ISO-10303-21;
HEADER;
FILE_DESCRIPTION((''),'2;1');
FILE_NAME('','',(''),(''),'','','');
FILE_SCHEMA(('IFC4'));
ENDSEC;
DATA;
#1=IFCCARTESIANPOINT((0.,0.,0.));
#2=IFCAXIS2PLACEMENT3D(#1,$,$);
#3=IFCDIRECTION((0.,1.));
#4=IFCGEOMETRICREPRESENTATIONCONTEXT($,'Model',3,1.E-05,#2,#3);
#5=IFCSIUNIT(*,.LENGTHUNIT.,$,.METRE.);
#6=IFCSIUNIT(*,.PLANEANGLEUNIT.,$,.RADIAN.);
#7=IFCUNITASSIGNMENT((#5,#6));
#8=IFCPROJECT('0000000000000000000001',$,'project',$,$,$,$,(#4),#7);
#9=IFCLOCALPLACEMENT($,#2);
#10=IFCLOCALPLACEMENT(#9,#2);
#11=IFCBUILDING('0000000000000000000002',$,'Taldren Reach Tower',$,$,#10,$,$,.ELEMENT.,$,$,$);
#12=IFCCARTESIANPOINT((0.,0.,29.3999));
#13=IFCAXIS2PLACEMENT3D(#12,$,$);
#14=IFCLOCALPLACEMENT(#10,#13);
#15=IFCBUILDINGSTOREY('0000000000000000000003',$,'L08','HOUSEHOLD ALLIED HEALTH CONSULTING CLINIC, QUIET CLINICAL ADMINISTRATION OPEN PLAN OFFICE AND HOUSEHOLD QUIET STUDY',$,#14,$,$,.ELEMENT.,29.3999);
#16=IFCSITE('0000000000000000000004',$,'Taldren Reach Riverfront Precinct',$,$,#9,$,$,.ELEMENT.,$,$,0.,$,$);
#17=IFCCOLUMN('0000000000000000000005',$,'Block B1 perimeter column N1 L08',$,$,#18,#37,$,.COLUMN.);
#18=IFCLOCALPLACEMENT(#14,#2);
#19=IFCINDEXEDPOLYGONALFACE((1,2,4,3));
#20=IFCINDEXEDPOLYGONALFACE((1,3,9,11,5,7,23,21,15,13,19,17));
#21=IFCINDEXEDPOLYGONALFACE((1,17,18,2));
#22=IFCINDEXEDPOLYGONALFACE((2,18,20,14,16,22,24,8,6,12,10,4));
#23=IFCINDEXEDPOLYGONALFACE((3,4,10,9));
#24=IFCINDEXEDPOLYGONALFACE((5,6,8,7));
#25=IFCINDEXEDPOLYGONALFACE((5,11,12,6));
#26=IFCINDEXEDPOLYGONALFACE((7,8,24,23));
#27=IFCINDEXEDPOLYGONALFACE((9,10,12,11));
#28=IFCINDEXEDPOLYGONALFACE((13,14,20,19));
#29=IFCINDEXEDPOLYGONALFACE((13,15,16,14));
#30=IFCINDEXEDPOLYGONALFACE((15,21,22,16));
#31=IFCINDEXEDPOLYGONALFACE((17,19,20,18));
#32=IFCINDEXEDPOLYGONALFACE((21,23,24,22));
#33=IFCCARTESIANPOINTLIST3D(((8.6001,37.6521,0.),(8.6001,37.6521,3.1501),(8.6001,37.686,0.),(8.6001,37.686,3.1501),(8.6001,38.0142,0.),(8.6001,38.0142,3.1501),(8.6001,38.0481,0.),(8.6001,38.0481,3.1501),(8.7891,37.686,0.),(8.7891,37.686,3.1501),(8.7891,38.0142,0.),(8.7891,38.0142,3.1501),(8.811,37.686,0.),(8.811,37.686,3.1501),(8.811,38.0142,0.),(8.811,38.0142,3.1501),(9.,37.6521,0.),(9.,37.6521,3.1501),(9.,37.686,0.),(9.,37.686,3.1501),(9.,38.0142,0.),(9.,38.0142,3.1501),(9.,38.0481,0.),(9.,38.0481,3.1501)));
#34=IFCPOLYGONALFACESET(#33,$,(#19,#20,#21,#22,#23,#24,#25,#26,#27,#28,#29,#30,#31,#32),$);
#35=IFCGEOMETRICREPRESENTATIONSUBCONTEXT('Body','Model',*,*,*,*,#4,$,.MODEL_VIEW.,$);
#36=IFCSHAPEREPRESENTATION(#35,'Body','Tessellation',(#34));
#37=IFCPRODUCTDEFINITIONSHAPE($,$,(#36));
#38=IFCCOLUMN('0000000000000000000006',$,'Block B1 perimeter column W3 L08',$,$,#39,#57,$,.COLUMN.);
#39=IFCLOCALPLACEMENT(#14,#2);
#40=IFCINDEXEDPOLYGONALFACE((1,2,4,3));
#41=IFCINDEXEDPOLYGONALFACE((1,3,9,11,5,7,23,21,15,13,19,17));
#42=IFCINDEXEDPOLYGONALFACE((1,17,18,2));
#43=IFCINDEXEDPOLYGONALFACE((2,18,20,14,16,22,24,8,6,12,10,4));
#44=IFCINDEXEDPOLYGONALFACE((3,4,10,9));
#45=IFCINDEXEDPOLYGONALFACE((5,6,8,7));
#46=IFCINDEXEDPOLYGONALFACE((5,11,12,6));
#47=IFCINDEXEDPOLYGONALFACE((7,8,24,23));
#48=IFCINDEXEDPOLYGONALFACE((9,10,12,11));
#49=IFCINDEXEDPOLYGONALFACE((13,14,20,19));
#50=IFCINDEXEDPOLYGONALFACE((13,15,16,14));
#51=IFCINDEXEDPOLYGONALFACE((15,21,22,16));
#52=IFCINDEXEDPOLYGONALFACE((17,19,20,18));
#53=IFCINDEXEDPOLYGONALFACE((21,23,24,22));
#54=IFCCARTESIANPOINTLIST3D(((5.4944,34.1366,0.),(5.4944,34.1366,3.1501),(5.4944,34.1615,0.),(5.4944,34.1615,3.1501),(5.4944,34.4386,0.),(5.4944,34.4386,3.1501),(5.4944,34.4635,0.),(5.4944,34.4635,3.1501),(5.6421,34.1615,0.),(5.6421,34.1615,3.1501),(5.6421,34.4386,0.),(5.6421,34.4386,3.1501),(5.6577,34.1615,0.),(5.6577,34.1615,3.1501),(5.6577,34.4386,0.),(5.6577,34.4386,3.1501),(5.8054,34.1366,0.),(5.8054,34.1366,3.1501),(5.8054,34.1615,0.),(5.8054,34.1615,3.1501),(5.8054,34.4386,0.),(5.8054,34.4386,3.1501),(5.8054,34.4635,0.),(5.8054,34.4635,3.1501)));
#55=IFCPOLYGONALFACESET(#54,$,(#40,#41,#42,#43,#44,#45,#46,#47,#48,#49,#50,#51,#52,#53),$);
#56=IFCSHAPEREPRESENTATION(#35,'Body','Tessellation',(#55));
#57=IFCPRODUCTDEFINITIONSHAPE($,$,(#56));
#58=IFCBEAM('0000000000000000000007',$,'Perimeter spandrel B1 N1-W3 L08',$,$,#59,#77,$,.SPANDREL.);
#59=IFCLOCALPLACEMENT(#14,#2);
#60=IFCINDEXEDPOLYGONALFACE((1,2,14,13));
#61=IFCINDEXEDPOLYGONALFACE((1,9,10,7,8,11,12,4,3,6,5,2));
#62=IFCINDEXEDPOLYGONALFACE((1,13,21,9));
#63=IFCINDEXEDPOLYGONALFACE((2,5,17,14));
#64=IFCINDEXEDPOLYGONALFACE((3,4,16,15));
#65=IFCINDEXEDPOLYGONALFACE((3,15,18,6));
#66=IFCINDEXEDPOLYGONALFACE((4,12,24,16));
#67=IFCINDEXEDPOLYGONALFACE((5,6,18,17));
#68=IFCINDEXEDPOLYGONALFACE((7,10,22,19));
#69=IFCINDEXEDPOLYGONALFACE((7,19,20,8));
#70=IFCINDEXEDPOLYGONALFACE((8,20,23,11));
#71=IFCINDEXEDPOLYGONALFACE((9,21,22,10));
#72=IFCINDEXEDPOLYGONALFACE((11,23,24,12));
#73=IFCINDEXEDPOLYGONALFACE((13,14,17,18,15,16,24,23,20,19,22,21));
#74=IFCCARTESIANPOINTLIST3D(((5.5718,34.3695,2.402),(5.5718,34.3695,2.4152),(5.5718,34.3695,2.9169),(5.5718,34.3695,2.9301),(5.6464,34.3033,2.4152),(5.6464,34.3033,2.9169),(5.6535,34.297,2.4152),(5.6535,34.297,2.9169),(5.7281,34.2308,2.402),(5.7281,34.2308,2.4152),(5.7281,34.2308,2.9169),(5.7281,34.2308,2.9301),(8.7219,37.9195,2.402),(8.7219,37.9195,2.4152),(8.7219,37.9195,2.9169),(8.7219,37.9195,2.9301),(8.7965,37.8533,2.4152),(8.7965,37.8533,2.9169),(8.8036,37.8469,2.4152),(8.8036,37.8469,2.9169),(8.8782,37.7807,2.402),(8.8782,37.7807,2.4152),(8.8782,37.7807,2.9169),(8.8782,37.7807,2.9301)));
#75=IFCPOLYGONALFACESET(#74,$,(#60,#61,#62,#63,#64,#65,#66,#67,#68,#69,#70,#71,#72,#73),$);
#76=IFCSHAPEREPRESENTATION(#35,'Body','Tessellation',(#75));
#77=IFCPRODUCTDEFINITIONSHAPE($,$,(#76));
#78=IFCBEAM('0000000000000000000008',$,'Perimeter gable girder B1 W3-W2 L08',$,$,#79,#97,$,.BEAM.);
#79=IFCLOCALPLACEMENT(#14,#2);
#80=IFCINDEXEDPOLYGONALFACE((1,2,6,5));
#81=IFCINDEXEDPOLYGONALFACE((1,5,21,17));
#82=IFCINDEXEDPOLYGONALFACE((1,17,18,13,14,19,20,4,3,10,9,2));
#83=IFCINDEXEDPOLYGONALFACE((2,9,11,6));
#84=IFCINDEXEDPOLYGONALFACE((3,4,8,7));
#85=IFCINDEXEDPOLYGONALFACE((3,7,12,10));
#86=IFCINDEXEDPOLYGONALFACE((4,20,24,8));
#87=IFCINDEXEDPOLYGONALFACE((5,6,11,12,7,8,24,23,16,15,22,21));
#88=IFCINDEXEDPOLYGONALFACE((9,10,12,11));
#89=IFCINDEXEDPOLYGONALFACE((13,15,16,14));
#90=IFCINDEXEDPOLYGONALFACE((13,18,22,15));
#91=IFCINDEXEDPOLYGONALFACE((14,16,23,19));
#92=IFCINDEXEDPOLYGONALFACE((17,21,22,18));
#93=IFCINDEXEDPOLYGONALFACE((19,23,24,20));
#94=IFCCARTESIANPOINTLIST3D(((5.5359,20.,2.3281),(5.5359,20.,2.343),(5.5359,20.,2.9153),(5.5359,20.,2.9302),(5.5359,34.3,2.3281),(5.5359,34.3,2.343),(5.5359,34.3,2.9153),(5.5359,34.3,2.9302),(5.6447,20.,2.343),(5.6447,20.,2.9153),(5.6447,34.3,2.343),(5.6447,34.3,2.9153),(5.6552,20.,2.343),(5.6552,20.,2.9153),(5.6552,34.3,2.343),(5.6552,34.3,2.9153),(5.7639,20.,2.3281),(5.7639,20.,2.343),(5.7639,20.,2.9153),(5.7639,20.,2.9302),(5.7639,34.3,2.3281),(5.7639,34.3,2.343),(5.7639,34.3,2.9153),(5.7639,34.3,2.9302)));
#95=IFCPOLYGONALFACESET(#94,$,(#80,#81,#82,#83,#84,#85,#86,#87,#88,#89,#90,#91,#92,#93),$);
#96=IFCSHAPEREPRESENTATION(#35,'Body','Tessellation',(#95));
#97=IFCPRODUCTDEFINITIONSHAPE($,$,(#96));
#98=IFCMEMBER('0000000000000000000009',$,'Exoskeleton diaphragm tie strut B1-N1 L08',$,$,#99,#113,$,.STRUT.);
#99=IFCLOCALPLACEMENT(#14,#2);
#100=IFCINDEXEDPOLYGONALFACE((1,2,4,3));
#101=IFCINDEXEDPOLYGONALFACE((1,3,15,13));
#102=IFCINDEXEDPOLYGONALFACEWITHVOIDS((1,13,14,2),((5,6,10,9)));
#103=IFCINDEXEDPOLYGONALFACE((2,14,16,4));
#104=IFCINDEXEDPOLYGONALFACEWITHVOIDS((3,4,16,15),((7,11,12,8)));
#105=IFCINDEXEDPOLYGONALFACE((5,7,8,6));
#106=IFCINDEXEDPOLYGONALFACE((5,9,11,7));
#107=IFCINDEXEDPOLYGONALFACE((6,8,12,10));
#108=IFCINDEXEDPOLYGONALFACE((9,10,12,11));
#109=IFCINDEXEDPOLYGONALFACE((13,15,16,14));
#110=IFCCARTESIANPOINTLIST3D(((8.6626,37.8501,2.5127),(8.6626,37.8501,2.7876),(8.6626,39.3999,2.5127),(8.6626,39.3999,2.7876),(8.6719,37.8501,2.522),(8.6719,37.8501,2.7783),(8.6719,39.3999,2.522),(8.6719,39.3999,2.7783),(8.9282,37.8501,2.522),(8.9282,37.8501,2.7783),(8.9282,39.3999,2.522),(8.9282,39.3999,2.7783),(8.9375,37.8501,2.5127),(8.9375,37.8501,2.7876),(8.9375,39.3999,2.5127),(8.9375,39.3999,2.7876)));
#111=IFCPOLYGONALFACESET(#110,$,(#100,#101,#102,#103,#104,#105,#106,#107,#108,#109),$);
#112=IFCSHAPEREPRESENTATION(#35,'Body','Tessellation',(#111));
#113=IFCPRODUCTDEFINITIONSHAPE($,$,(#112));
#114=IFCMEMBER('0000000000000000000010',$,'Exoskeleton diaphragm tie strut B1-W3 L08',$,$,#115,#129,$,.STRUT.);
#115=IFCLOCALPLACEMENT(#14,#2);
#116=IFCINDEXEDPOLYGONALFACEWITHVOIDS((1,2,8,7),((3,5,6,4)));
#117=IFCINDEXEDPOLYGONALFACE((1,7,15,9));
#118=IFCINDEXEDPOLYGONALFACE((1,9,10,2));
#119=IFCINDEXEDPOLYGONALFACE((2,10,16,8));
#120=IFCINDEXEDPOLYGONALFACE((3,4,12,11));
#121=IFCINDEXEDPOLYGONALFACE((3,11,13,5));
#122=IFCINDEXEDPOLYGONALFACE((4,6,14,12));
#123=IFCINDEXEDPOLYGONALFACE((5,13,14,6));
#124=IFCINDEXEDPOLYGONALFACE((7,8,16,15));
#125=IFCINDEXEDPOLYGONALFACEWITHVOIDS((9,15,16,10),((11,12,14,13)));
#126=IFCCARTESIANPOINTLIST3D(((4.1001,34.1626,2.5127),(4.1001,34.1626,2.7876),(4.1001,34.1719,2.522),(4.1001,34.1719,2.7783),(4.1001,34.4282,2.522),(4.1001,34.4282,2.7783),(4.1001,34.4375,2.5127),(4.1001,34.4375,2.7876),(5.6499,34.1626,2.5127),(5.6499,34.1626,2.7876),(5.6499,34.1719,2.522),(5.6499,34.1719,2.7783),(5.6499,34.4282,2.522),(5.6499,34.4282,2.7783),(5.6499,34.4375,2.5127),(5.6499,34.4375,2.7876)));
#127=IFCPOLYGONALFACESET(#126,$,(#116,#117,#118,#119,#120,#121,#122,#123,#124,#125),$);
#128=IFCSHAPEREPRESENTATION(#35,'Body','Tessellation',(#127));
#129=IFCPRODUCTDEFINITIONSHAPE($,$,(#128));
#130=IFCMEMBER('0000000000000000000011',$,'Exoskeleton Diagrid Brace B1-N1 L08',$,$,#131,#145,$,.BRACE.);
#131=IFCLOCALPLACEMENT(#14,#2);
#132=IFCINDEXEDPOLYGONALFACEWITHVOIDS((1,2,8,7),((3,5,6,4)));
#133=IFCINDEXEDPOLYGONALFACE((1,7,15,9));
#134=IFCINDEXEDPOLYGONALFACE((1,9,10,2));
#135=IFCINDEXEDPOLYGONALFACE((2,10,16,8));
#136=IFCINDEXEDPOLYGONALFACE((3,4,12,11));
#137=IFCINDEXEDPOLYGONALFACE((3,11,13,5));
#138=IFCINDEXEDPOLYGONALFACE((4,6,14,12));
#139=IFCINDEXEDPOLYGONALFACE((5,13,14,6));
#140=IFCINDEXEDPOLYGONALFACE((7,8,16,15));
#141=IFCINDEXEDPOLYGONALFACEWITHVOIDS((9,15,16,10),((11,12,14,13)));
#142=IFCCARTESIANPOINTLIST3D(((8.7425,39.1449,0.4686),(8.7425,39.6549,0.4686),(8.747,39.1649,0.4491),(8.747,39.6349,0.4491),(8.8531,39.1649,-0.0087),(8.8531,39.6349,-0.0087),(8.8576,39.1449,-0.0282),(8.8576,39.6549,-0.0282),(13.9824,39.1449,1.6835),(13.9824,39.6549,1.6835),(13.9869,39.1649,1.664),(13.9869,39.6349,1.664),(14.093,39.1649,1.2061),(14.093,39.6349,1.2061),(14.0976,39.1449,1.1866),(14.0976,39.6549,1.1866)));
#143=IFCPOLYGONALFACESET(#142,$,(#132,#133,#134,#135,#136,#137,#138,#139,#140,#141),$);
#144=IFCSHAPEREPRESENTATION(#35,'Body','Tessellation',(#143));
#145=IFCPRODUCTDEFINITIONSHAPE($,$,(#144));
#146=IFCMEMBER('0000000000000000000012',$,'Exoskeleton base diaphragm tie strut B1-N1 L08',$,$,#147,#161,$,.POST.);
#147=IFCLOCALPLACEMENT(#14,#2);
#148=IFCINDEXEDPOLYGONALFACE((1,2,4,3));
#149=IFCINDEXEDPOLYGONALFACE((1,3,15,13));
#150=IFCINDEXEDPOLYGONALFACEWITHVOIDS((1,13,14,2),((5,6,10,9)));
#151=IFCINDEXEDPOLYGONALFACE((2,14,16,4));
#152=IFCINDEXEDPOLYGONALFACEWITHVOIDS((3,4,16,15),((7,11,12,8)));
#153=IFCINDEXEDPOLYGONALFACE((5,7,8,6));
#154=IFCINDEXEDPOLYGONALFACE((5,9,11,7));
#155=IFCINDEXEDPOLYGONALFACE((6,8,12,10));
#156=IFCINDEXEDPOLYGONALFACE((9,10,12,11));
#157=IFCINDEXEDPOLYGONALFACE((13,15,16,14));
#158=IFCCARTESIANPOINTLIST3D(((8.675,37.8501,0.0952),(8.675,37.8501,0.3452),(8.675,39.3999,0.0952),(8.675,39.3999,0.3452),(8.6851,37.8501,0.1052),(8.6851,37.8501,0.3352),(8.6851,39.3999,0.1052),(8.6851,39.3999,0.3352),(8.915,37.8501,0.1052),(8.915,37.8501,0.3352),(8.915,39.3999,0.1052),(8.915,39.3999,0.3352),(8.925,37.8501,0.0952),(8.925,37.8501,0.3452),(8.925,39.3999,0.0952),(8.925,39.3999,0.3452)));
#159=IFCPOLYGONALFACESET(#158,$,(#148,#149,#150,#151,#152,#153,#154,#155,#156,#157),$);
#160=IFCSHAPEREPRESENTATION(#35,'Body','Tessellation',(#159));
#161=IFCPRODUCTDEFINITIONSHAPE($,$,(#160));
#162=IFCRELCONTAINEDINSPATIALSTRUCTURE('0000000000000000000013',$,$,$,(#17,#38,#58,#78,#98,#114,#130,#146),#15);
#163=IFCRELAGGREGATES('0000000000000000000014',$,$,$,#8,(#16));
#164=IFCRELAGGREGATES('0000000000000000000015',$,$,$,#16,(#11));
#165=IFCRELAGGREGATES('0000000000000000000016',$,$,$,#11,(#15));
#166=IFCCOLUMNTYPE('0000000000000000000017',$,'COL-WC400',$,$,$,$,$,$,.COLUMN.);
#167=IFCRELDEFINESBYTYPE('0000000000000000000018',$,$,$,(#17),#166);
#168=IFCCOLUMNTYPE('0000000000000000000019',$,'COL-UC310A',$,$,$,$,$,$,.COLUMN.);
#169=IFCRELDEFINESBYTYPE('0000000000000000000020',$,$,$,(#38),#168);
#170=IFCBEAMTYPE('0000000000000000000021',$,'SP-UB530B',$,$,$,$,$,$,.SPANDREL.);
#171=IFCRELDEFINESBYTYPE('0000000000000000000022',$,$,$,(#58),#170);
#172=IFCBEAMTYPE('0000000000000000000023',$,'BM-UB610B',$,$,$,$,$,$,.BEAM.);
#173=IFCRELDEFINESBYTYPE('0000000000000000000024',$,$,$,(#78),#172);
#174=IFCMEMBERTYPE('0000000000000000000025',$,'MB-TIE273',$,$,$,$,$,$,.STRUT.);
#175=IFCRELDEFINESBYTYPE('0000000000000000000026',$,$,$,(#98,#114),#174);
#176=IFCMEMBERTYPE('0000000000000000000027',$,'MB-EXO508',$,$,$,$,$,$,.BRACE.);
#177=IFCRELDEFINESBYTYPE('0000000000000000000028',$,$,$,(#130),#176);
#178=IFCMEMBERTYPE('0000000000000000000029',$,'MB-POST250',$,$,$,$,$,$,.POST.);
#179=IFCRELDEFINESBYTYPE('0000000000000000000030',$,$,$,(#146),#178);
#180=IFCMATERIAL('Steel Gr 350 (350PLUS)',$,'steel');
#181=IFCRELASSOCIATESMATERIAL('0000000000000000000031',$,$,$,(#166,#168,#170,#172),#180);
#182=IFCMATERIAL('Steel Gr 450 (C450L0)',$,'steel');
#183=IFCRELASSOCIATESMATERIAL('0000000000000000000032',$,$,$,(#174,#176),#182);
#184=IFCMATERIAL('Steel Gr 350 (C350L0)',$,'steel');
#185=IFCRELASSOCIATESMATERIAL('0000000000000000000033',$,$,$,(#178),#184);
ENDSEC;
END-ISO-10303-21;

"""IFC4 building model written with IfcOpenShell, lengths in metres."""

from ifc_helpers import new_model, si_unit, direction, frame, origin, origin_2d, place, context, subcontext, project, spatial, hollow_rectangle, i_section, extrude, source, transform, mapped, material, material_profile, profile_set, type_object, element, save


model = new_model("IFC4")

# Units and contexts
model_context = context("Model", 3, precision=1e-05, world=origin(), true_north=direction((0.0, 1.0)))
body_context = subcontext(model_context, "Body", "Model", "MODEL_VIEW")
ifc_project = project(units=[si_unit("LENGTHUNIT", "METRE"), si_unit("PLANEANGLEUNIT", "RADIAN")], contexts=[model_context])

# Site, building, storey
site_placement = place(None, origin())
site = spatial("IfcSite", under=ifc_project, at=site_placement, Name="Taldren Reach Riverfront Precinct", CompositionType="ELEMENT", RefElevation=0.0)
building_placement = place(site_placement, origin())
building = spatial("IfcBuilding", under=site, at=building_placement, Name="Taldren Reach Tower", CompositionType="ELEMENT")
storey_placement = place(building_placement, frame((0.0, 0.0, 29.3999)))
storey = spatial("IfcBuildingStorey", under=building, at=storey_placement, Name="L08", Description="HOUSEHOLD ALLIED HEALTH CONSULTING CLINIC, QUIET CLINICAL ADMINISTRATION OPEN PLAN OFFICE AND HOUSEHOLD QUIET STUDY", CompositionType="ELEMENT", Elevation=29.3999)

# Columns
ifc_material_1 = material(Name="Steel Gr 350 (350PLUS)", Category="steel")
ifc_material_profile_1 = material_profile(ifc_material_1, i_section(OverallWidth=0.3999, OverallDepth=0.396, WebThickness=0.022, FlangeThickness=0.0339, at=origin_2d()), Name="400WC270")
ifc_profile_set_1 = profile_set([ifc_material_profile_1], Name="Steel Gr 350 (350PLUS)")
column_type_1 = type_object("IfcColumnType", Name="COL-WC400", PredefinedType="COLUMN", material=ifc_profile_set_1)
shared_shape_1 = source(origin(), body_context, "Body", "SweptSolid", [
    extrude(i_section(OverallWidth=0.3999, OverallDepth=0.396, WebThickness=0.022, FlangeThickness=0.0339, at=origin_2d()), origin(), (0.0, 0.0, 1.0), 3.1501),
])
column_1_placement = place(storey_placement, frame((8.8, 37.8501, 0.0), z_axis=(0.0, 0.0, 1.0), x_axis=(1.0, 0.0, 0.0)))
element("IfcColumn", 1, at=column_1_placement, inside=storey, type_object=column_type_1, Name="Block B1 perimeter column N1 L08", PredefinedType="COLUMN", context=body_context, shape_type="MappedRepresentation", body=[
    mapped(shared_shape_1, transform((0.0, 0.0, 0.0), scale=1.0)),
])
ifc_material_profile_2 = material_profile(ifc_material_1, i_section(OverallWidth=0.311, OverallDepth=0.3269, WebThickness=0.0156, FlangeThickness=0.0249, at=origin_2d()), Name="310UC158")
ifc_profile_set_2 = profile_set([ifc_material_profile_2], Name="Steel Gr 350 (350PLUS)")
column_type_2 = type_object("IfcColumnType", Name="COL-UC310A", PredefinedType="COLUMN", material=ifc_profile_set_2)
shared_shape_2 = source(origin(), body_context, "Body", "SweptSolid", [
    extrude(i_section(OverallWidth=0.311, OverallDepth=0.3269, WebThickness=0.0156, FlangeThickness=0.0249, at=origin_2d()), origin(), (0.0, 0.0, 1.0), 3.1501),
])
column_2_placement = place(storey_placement, frame((5.6499, 34.3, 0.0), z_axis=(0.0, 0.0, 1.0), x_axis=(1.0, 0.0, 0.0)))
element("IfcColumn", 2, at=column_2_placement, inside=storey, type_object=column_type_2, Name="Block B1 perimeter column W3 L08", PredefinedType="COLUMN", context=body_context, shape_type="MappedRepresentation", body=[
    mapped(shared_shape_2, transform((0.0, 0.0, 0.0), scale=1.0)),
])

# Beams
ifc_material_profile_3 = material_profile(ifc_material_1, i_section(OverallWidth=0.209, OverallDepth=0.5281, WebThickness=0.0095, FlangeThickness=0.0132, at=origin_2d()), Name="530UB82.0")
ifc_profile_set_3 = profile_set([ifc_material_profile_3], Name="Steel Gr 350 (350PLUS)")
beam_type_1 = type_object("IfcBeamType", Name="SP-UB530B", PredefinedType="SPANDREL", material=ifc_profile_set_3)
shared_shape_3 = source(origin(), body_context, "Body", "SweptSolid", [
    extrude(i_section(OverallWidth=0.209, OverallDepth=0.5281, WebThickness=0.0095, FlangeThickness=0.0132, at=origin_2d()), origin(), (0.0, 0.0, 1.0), 4.7461),
])
beam_1_placement = place(storey_placement, frame((8.8, 37.8501, 2.666), z_axis=(-0.663722, -0.747979, 0.0), x_axis=(0.747979, -0.663722, 0.0)))
element("IfcBeam", 3, at=beam_1_placement, inside=storey, type_object=beam_type_1, Name="Perimeter spandrel B1 N1-W3 L08", PredefinedType="SPANDREL", context=body_context, shape_type="MappedRepresentation", body=[
    mapped(shared_shape_3, transform((0.0, 0.0, 0.0), scale=1.0)),
])
ifc_material_profile_4 = material_profile(ifc_material_1, i_section(OverallWidth=0.228, OverallDepth=0.6021, WebThickness=0.0105, FlangeThickness=0.0149, at=origin_2d()), Name="610UB101")
ifc_profile_set_4 = profile_set([ifc_material_profile_4], Name="Steel Gr 350 (350PLUS)")
beam_type_2 = type_object("IfcBeamType", Name="BM-UB610B", PredefinedType="BEAM", material=ifc_profile_set_4)
shared_shape_4 = source(origin(), body_context, "Body", "SweptSolid", [
    extrude(i_section(OverallWidth=0.228, OverallDepth=0.6021, WebThickness=0.0105, FlangeThickness=0.0149, at=origin_2d()), origin(), (0.0, 0.0, 1.0), 14.3),
])
beam_2_placement = place(storey_placement, frame((5.6499, 34.3, 2.6292), z_axis=(0.0, -1.0, 0.0), x_axis=(1.0, 0.0, 0.0)))
element("IfcBeam", 4, at=beam_2_placement, inside=storey, type_object=beam_type_2, Name="Perimeter gable girder B1 W3-W2 L08", PredefinedType="BEAM", context=body_context, shape_type="MappedRepresentation", body=[
    mapped(shared_shape_4, transform((0.0, 0.0, 0.0), scale=1.0)),
])

# Members
ifc_material_2 = material(Name="Steel Gr 450 (C450L0)", Category="steel")
ifc_material_profile_5 = material_profile(ifc_material_2, hollow_rectangle(XDim=0.2749, YDim=0.2749, WallThickness=0.0093, at=origin_2d()), Name="275x275x9.3SHS")
ifc_profile_set_5 = profile_set([ifc_material_profile_5], Name="Steel Gr 450 (C450L0)")
member_type_1 = type_object("IfcMemberType", Name="MB-TIE273", PredefinedType="STRUT", material=ifc_profile_set_5)
shared_shape_5 = source(origin(), body_context, "Body", "SweptSolid", [
    extrude(hollow_rectangle(XDim=0.2749, YDim=0.2749, WallThickness=0.0093, at=origin_2d()), origin(), (0.0, 0.0, 1.0), 1.5498),
])
for number, where, z_axis, x_axis, name in (
    (5, (8.8, 37.8501, 2.6501), (0.0, 1.0, 0.0), (-1.0, 0.0, 0.0), "Exoskeleton diaphragm tie strut B1-N1 L08"),
    (6, (5.6499, 34.3, 2.6501), (-1.0, 0.0, 0.0), (0.0, -1.0, 0.0), "Exoskeleton diaphragm tie strut B1-W3 L08"),
):
    element("IfcMember", number, at=place(storey_placement, frame(where, z_axis=z_axis, x_axis=x_axis)), inside=storey, type_object=member_type_1, Name=name, PredefinedType="STRUT", context=body_context, shape_type="MappedRepresentation", body=[
        mapped(shared_shape_5, transform((0.0, 0.0, 0.0), scale=1.0)),
    ])
ifc_material_profile_6 = material_profile(ifc_material_2, hollow_rectangle(XDim=0.51, YDim=0.51, WallThickness=0.02, at=origin_2d()), Name="510x510x20.0SHS")
ifc_profile_set_6 = profile_set([ifc_material_profile_6], Name="Steel Gr 450 (C450L0)")
member_type_2 = type_object("IfcMemberType", Name="MB-EXO508", PredefinedType="BRACE", material=ifc_profile_set_6)
shared_shape_6 = source(origin(), body_context, "Body", "SweptSolid", [
    extrude(hollow_rectangle(XDim=0.51, YDim=0.51, WallThickness=0.02, at=origin_2d()), origin(), (0.0, 0.0, 1.0), 5.3789),
])
member_1_placement = place(storey_placement, frame((8.8, 39.3999, 0.2202), z_axis=(0.974162, 0.0, 0.225851), x_axis=(0.0, 1.0, 0.0)))
element("IfcMember", 7, at=member_1_placement, inside=storey, type_object=member_type_2, Name="Exoskeleton Diagrid Brace B1-N1 L08", PredefinedType="BRACE", context=body_context, shape_type="MappedRepresentation", body=[
    mapped(shared_shape_6, transform((0.0, 0.0, 0.0), scale=1.0)),
])
ifc_material_3 = material(Name="Steel Gr 350 (C350L0)", Category="steel")
ifc_material_profile_7 = material_profile(ifc_material_3, hollow_rectangle(XDim=0.25, YDim=0.25, WallThickness=0.01, at=origin_2d()), Name="250x250x10.0SHS")
ifc_profile_set_7 = profile_set([ifc_material_profile_7], Name="Steel Gr 350 (C350L0)")
member_type_3 = type_object("IfcMemberType", Name="MB-POST250", PredefinedType="POST", material=ifc_profile_set_7)
shared_shape_7 = source(origin(), body_context, "Body", "SweptSolid", [
    extrude(hollow_rectangle(XDim=0.25, YDim=0.25, WallThickness=0.01, at=origin_2d()), origin(), (0.0, 0.0, 1.0), 1.5498),
])
for number, where, z_axis, x_axis, name in (
    (8, (8.8, 37.8501, 0.2202), (0.0, 1.0, 0.0), (-1.0, 0.0, 0.0), "Exoskeleton base diaphragm tie strut B1-N1 L08"),
):
    element("IfcMember", number, at=place(storey_placement, frame(where, z_axis=z_axis, x_axis=x_axis)), inside=storey, type_object=member_type_3, Name=name, PredefinedType="POST", context=body_context, shape_type="MappedRepresentation", body=[
        mapped(shared_shape_7, transform((0.0, 0.0, 0.0), scale=1.0)),
    ])

save(model, "model.ifc")
